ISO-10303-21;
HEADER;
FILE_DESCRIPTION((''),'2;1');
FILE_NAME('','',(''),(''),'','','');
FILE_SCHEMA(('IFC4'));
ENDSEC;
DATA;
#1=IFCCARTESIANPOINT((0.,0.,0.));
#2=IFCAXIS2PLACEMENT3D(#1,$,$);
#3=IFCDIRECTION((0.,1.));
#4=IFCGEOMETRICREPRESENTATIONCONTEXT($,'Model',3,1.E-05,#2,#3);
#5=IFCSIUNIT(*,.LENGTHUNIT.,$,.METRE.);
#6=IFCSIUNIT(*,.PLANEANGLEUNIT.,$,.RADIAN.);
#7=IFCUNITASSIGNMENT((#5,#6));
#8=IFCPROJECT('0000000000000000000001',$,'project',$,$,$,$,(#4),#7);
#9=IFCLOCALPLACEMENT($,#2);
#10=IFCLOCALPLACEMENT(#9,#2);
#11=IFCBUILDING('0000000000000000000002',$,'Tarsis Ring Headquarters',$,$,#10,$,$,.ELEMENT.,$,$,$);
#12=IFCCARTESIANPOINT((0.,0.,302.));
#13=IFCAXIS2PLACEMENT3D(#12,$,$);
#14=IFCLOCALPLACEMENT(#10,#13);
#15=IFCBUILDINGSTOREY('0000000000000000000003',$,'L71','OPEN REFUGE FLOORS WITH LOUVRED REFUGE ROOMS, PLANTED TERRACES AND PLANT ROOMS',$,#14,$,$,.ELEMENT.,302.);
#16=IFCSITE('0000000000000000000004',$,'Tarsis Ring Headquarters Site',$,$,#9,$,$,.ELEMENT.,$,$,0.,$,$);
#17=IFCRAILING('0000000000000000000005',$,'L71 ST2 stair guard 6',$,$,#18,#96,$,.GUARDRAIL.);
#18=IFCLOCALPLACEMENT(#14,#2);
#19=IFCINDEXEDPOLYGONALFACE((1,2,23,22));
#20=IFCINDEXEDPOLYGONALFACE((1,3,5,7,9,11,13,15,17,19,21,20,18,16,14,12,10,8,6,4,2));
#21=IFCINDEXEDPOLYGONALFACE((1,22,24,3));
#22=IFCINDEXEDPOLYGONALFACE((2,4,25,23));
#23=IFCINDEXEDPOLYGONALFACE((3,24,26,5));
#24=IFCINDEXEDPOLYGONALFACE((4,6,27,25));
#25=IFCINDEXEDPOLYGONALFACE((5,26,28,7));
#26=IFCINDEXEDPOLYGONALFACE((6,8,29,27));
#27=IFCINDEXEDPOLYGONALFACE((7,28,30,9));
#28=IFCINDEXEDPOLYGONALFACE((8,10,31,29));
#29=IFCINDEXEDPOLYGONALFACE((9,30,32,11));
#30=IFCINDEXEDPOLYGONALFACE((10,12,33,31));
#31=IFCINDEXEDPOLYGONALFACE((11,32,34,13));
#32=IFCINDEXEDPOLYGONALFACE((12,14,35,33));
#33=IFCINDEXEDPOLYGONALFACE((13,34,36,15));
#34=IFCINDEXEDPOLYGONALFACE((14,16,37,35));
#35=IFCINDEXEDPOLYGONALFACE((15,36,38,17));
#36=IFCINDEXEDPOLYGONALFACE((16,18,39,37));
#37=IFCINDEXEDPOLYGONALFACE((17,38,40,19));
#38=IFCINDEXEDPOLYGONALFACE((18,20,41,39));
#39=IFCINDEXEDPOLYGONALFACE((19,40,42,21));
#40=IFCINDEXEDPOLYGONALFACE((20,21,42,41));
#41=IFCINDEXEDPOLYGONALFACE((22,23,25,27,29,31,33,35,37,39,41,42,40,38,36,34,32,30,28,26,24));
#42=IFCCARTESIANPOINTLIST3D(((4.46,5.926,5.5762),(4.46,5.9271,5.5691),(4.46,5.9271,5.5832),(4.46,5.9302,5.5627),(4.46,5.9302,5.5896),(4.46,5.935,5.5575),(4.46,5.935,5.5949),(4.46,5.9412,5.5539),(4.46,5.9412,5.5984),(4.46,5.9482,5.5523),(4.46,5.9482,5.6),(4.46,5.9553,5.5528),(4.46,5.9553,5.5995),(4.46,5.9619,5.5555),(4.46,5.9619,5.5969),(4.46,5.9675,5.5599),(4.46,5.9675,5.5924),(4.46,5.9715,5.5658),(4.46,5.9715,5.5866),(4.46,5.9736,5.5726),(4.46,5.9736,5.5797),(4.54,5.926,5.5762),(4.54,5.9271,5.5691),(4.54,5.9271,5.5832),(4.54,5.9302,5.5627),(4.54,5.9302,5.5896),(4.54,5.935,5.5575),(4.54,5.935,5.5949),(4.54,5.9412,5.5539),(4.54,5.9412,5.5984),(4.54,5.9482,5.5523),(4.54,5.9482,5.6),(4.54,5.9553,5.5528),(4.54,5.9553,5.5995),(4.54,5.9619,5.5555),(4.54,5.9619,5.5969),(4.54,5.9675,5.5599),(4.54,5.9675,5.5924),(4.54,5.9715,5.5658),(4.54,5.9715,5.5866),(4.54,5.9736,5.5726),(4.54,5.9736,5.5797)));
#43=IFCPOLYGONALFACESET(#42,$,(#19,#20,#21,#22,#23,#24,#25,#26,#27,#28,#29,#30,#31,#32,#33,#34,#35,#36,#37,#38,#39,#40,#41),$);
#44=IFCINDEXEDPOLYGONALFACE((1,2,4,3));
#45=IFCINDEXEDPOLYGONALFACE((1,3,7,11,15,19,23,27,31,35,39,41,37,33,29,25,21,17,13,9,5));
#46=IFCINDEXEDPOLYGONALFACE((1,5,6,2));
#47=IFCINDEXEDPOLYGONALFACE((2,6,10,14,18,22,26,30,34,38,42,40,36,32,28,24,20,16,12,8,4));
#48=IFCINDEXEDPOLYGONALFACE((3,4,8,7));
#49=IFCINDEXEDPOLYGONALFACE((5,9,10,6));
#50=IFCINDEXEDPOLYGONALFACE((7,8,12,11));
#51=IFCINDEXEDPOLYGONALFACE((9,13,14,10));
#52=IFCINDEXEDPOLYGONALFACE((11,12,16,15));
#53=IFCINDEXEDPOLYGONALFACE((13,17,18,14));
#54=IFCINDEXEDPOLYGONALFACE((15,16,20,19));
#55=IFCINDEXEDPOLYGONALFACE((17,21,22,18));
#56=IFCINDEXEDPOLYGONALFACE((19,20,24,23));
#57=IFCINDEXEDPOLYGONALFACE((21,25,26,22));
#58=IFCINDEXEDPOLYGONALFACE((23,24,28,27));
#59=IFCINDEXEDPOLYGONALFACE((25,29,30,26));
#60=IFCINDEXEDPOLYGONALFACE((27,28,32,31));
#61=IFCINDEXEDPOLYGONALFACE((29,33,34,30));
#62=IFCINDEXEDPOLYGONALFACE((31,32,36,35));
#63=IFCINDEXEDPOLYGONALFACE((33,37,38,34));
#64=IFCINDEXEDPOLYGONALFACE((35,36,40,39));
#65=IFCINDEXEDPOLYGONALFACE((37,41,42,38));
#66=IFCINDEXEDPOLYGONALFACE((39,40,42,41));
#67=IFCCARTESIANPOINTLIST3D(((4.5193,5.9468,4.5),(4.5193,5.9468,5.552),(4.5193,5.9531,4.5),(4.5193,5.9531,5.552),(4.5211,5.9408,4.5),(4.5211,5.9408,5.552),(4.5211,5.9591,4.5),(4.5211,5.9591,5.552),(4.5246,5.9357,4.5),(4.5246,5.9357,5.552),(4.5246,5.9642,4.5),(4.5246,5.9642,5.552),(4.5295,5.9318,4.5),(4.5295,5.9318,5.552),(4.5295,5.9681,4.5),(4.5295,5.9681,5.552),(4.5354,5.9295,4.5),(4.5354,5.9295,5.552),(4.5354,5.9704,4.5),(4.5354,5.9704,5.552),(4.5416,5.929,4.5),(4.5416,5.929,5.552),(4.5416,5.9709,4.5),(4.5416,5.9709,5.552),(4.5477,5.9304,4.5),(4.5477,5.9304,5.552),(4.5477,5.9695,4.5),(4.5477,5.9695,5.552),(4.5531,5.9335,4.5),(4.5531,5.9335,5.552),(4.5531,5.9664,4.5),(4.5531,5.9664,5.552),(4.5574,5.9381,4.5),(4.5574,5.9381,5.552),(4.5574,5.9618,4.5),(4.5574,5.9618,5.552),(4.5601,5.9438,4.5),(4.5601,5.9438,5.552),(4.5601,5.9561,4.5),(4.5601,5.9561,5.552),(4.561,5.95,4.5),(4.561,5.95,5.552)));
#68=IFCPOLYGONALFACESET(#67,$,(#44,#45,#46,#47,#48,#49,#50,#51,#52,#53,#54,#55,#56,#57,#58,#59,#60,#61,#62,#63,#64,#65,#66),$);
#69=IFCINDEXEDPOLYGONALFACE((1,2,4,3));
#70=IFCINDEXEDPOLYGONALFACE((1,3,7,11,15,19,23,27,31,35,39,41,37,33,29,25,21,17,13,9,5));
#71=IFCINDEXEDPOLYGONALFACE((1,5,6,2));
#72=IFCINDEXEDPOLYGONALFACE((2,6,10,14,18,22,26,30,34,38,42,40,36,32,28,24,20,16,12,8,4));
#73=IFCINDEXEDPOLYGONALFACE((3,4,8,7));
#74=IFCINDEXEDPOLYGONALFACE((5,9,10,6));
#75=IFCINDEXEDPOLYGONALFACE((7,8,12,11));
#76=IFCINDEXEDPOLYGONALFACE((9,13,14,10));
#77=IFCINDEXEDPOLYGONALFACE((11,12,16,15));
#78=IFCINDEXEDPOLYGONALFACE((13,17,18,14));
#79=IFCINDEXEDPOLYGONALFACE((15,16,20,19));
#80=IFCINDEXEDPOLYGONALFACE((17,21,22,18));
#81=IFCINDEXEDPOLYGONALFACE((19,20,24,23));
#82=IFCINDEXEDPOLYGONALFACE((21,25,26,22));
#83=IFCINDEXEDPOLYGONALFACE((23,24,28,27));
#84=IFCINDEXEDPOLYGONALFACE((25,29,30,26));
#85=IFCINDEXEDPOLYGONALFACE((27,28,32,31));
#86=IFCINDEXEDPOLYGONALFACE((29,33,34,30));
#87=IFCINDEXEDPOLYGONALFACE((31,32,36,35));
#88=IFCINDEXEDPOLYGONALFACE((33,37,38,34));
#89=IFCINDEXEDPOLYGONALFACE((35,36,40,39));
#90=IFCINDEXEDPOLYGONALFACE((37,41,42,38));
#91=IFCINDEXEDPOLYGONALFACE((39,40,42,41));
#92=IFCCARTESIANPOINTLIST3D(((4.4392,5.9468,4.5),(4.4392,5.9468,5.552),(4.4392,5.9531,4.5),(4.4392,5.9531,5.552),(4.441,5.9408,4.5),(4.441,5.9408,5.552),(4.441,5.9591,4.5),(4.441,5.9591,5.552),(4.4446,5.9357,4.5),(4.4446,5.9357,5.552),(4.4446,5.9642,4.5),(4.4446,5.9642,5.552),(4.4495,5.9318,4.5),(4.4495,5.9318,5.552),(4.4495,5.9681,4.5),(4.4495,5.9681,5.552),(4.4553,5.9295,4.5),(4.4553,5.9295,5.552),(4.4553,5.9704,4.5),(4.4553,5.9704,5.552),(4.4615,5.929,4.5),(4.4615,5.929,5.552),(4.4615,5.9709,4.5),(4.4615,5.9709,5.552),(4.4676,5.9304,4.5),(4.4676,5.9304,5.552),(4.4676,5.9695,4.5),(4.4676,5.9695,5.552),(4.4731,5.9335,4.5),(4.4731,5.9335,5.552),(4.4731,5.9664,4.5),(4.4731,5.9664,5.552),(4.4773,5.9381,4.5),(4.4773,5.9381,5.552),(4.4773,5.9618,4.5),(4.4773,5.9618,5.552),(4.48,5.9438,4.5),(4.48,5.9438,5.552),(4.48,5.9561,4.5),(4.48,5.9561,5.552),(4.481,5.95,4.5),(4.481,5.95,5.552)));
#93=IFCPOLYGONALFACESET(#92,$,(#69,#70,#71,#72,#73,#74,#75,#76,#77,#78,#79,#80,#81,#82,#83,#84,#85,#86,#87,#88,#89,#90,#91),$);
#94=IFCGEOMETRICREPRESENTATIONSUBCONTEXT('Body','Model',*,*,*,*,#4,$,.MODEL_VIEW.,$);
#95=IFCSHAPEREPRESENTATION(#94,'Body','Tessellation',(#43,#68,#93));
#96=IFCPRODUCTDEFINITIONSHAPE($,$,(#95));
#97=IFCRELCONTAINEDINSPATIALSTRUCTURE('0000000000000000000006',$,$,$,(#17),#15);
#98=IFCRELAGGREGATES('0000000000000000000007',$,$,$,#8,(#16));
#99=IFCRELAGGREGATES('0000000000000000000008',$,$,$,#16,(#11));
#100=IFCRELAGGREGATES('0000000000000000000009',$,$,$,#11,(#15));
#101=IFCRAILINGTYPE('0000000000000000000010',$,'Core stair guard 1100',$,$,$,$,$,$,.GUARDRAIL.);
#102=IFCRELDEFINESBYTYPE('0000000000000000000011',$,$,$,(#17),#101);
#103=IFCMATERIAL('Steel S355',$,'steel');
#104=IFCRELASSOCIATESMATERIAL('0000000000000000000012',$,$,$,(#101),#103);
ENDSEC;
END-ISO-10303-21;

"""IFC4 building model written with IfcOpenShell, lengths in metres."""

from ifc_helpers import new_model, si_unit, direction, frame, origin, origin_2d, place, context, subcontext, project, spatial, circle, extrude, material, type_object, element, save


model = new_model("IFC4")

# Units and contexts
model_context = context("Model", 3, precision=1e-05, world=origin(), true_north=direction((0.0, 1.0)))
body_context = subcontext(model_context, "Body", "Model", "MODEL_VIEW")
ifc_project = project(units=[si_unit("LENGTHUNIT", "METRE"), si_unit("PLANEANGLEUNIT", "RADIAN")], contexts=[model_context])

# Site, building, storey
site_placement = place(None, origin())
site = spatial("IfcSite", under=ifc_project, at=site_placement, Name="Tarsis Ring Headquarters Site", CompositionType="ELEMENT", RefElevation=0.0)
building_placement = place(site_placement, origin())
building = spatial("IfcBuilding", under=site, at=building_placement, Name="Tarsis Ring Headquarters", CompositionType="ELEMENT")
storey_placement = place(building_placement, frame((0.0, 0.0, 302.0)))
storey = spatial("IfcBuildingStorey", under=building, at=storey_placement, Name="L71", Description="OPEN REFUGE FLOORS WITH LOUVRED REFUGE ROOMS, PLANTED TERRACES AND PLANT ROOMS", CompositionType="ELEMENT", Elevation=302.0)

# Railing
ifc_material_1 = material(Name="Steel S355", Category="steel")
railing_type_1 = type_object("IfcRailingType", Name="Core stair guard 1100", PredefinedType="GUARDRAIL", material=ifc_material_1)
railing_1_placement = place(storey_placement, frame((4.54, 5.95, 4.5)))
element("IfcRailing", 1, at=railing_1_placement, inside=storey, type_object=railing_type_1, Name="L71 ST2 stair guard 6", PredefinedType="GUARDRAIL", context=body_context, shape_type="SweptSolid", body=[
    extrude(circle(Radius=0.0239, at=origin_2d()), frame((0.0, 0.0, 1.0762), z_axis=(-1.0, 0.0, 0.0), x_axis=(0.0, -1.0, 0.0)), (0.0, 0.0, 1.0), 0.0801),
    extrude(circle(Radius=0.021, at=origin_2d()), origin(), (0.0, 0.0, 1.0), 1.052),
    extrude(circle(Radius=0.021, at=origin_2d()), frame((-0.0801, 0.0, 0.0)), (0.0, 0.0, 1.0), 1.052),
])

save(model, "model.ifc")
